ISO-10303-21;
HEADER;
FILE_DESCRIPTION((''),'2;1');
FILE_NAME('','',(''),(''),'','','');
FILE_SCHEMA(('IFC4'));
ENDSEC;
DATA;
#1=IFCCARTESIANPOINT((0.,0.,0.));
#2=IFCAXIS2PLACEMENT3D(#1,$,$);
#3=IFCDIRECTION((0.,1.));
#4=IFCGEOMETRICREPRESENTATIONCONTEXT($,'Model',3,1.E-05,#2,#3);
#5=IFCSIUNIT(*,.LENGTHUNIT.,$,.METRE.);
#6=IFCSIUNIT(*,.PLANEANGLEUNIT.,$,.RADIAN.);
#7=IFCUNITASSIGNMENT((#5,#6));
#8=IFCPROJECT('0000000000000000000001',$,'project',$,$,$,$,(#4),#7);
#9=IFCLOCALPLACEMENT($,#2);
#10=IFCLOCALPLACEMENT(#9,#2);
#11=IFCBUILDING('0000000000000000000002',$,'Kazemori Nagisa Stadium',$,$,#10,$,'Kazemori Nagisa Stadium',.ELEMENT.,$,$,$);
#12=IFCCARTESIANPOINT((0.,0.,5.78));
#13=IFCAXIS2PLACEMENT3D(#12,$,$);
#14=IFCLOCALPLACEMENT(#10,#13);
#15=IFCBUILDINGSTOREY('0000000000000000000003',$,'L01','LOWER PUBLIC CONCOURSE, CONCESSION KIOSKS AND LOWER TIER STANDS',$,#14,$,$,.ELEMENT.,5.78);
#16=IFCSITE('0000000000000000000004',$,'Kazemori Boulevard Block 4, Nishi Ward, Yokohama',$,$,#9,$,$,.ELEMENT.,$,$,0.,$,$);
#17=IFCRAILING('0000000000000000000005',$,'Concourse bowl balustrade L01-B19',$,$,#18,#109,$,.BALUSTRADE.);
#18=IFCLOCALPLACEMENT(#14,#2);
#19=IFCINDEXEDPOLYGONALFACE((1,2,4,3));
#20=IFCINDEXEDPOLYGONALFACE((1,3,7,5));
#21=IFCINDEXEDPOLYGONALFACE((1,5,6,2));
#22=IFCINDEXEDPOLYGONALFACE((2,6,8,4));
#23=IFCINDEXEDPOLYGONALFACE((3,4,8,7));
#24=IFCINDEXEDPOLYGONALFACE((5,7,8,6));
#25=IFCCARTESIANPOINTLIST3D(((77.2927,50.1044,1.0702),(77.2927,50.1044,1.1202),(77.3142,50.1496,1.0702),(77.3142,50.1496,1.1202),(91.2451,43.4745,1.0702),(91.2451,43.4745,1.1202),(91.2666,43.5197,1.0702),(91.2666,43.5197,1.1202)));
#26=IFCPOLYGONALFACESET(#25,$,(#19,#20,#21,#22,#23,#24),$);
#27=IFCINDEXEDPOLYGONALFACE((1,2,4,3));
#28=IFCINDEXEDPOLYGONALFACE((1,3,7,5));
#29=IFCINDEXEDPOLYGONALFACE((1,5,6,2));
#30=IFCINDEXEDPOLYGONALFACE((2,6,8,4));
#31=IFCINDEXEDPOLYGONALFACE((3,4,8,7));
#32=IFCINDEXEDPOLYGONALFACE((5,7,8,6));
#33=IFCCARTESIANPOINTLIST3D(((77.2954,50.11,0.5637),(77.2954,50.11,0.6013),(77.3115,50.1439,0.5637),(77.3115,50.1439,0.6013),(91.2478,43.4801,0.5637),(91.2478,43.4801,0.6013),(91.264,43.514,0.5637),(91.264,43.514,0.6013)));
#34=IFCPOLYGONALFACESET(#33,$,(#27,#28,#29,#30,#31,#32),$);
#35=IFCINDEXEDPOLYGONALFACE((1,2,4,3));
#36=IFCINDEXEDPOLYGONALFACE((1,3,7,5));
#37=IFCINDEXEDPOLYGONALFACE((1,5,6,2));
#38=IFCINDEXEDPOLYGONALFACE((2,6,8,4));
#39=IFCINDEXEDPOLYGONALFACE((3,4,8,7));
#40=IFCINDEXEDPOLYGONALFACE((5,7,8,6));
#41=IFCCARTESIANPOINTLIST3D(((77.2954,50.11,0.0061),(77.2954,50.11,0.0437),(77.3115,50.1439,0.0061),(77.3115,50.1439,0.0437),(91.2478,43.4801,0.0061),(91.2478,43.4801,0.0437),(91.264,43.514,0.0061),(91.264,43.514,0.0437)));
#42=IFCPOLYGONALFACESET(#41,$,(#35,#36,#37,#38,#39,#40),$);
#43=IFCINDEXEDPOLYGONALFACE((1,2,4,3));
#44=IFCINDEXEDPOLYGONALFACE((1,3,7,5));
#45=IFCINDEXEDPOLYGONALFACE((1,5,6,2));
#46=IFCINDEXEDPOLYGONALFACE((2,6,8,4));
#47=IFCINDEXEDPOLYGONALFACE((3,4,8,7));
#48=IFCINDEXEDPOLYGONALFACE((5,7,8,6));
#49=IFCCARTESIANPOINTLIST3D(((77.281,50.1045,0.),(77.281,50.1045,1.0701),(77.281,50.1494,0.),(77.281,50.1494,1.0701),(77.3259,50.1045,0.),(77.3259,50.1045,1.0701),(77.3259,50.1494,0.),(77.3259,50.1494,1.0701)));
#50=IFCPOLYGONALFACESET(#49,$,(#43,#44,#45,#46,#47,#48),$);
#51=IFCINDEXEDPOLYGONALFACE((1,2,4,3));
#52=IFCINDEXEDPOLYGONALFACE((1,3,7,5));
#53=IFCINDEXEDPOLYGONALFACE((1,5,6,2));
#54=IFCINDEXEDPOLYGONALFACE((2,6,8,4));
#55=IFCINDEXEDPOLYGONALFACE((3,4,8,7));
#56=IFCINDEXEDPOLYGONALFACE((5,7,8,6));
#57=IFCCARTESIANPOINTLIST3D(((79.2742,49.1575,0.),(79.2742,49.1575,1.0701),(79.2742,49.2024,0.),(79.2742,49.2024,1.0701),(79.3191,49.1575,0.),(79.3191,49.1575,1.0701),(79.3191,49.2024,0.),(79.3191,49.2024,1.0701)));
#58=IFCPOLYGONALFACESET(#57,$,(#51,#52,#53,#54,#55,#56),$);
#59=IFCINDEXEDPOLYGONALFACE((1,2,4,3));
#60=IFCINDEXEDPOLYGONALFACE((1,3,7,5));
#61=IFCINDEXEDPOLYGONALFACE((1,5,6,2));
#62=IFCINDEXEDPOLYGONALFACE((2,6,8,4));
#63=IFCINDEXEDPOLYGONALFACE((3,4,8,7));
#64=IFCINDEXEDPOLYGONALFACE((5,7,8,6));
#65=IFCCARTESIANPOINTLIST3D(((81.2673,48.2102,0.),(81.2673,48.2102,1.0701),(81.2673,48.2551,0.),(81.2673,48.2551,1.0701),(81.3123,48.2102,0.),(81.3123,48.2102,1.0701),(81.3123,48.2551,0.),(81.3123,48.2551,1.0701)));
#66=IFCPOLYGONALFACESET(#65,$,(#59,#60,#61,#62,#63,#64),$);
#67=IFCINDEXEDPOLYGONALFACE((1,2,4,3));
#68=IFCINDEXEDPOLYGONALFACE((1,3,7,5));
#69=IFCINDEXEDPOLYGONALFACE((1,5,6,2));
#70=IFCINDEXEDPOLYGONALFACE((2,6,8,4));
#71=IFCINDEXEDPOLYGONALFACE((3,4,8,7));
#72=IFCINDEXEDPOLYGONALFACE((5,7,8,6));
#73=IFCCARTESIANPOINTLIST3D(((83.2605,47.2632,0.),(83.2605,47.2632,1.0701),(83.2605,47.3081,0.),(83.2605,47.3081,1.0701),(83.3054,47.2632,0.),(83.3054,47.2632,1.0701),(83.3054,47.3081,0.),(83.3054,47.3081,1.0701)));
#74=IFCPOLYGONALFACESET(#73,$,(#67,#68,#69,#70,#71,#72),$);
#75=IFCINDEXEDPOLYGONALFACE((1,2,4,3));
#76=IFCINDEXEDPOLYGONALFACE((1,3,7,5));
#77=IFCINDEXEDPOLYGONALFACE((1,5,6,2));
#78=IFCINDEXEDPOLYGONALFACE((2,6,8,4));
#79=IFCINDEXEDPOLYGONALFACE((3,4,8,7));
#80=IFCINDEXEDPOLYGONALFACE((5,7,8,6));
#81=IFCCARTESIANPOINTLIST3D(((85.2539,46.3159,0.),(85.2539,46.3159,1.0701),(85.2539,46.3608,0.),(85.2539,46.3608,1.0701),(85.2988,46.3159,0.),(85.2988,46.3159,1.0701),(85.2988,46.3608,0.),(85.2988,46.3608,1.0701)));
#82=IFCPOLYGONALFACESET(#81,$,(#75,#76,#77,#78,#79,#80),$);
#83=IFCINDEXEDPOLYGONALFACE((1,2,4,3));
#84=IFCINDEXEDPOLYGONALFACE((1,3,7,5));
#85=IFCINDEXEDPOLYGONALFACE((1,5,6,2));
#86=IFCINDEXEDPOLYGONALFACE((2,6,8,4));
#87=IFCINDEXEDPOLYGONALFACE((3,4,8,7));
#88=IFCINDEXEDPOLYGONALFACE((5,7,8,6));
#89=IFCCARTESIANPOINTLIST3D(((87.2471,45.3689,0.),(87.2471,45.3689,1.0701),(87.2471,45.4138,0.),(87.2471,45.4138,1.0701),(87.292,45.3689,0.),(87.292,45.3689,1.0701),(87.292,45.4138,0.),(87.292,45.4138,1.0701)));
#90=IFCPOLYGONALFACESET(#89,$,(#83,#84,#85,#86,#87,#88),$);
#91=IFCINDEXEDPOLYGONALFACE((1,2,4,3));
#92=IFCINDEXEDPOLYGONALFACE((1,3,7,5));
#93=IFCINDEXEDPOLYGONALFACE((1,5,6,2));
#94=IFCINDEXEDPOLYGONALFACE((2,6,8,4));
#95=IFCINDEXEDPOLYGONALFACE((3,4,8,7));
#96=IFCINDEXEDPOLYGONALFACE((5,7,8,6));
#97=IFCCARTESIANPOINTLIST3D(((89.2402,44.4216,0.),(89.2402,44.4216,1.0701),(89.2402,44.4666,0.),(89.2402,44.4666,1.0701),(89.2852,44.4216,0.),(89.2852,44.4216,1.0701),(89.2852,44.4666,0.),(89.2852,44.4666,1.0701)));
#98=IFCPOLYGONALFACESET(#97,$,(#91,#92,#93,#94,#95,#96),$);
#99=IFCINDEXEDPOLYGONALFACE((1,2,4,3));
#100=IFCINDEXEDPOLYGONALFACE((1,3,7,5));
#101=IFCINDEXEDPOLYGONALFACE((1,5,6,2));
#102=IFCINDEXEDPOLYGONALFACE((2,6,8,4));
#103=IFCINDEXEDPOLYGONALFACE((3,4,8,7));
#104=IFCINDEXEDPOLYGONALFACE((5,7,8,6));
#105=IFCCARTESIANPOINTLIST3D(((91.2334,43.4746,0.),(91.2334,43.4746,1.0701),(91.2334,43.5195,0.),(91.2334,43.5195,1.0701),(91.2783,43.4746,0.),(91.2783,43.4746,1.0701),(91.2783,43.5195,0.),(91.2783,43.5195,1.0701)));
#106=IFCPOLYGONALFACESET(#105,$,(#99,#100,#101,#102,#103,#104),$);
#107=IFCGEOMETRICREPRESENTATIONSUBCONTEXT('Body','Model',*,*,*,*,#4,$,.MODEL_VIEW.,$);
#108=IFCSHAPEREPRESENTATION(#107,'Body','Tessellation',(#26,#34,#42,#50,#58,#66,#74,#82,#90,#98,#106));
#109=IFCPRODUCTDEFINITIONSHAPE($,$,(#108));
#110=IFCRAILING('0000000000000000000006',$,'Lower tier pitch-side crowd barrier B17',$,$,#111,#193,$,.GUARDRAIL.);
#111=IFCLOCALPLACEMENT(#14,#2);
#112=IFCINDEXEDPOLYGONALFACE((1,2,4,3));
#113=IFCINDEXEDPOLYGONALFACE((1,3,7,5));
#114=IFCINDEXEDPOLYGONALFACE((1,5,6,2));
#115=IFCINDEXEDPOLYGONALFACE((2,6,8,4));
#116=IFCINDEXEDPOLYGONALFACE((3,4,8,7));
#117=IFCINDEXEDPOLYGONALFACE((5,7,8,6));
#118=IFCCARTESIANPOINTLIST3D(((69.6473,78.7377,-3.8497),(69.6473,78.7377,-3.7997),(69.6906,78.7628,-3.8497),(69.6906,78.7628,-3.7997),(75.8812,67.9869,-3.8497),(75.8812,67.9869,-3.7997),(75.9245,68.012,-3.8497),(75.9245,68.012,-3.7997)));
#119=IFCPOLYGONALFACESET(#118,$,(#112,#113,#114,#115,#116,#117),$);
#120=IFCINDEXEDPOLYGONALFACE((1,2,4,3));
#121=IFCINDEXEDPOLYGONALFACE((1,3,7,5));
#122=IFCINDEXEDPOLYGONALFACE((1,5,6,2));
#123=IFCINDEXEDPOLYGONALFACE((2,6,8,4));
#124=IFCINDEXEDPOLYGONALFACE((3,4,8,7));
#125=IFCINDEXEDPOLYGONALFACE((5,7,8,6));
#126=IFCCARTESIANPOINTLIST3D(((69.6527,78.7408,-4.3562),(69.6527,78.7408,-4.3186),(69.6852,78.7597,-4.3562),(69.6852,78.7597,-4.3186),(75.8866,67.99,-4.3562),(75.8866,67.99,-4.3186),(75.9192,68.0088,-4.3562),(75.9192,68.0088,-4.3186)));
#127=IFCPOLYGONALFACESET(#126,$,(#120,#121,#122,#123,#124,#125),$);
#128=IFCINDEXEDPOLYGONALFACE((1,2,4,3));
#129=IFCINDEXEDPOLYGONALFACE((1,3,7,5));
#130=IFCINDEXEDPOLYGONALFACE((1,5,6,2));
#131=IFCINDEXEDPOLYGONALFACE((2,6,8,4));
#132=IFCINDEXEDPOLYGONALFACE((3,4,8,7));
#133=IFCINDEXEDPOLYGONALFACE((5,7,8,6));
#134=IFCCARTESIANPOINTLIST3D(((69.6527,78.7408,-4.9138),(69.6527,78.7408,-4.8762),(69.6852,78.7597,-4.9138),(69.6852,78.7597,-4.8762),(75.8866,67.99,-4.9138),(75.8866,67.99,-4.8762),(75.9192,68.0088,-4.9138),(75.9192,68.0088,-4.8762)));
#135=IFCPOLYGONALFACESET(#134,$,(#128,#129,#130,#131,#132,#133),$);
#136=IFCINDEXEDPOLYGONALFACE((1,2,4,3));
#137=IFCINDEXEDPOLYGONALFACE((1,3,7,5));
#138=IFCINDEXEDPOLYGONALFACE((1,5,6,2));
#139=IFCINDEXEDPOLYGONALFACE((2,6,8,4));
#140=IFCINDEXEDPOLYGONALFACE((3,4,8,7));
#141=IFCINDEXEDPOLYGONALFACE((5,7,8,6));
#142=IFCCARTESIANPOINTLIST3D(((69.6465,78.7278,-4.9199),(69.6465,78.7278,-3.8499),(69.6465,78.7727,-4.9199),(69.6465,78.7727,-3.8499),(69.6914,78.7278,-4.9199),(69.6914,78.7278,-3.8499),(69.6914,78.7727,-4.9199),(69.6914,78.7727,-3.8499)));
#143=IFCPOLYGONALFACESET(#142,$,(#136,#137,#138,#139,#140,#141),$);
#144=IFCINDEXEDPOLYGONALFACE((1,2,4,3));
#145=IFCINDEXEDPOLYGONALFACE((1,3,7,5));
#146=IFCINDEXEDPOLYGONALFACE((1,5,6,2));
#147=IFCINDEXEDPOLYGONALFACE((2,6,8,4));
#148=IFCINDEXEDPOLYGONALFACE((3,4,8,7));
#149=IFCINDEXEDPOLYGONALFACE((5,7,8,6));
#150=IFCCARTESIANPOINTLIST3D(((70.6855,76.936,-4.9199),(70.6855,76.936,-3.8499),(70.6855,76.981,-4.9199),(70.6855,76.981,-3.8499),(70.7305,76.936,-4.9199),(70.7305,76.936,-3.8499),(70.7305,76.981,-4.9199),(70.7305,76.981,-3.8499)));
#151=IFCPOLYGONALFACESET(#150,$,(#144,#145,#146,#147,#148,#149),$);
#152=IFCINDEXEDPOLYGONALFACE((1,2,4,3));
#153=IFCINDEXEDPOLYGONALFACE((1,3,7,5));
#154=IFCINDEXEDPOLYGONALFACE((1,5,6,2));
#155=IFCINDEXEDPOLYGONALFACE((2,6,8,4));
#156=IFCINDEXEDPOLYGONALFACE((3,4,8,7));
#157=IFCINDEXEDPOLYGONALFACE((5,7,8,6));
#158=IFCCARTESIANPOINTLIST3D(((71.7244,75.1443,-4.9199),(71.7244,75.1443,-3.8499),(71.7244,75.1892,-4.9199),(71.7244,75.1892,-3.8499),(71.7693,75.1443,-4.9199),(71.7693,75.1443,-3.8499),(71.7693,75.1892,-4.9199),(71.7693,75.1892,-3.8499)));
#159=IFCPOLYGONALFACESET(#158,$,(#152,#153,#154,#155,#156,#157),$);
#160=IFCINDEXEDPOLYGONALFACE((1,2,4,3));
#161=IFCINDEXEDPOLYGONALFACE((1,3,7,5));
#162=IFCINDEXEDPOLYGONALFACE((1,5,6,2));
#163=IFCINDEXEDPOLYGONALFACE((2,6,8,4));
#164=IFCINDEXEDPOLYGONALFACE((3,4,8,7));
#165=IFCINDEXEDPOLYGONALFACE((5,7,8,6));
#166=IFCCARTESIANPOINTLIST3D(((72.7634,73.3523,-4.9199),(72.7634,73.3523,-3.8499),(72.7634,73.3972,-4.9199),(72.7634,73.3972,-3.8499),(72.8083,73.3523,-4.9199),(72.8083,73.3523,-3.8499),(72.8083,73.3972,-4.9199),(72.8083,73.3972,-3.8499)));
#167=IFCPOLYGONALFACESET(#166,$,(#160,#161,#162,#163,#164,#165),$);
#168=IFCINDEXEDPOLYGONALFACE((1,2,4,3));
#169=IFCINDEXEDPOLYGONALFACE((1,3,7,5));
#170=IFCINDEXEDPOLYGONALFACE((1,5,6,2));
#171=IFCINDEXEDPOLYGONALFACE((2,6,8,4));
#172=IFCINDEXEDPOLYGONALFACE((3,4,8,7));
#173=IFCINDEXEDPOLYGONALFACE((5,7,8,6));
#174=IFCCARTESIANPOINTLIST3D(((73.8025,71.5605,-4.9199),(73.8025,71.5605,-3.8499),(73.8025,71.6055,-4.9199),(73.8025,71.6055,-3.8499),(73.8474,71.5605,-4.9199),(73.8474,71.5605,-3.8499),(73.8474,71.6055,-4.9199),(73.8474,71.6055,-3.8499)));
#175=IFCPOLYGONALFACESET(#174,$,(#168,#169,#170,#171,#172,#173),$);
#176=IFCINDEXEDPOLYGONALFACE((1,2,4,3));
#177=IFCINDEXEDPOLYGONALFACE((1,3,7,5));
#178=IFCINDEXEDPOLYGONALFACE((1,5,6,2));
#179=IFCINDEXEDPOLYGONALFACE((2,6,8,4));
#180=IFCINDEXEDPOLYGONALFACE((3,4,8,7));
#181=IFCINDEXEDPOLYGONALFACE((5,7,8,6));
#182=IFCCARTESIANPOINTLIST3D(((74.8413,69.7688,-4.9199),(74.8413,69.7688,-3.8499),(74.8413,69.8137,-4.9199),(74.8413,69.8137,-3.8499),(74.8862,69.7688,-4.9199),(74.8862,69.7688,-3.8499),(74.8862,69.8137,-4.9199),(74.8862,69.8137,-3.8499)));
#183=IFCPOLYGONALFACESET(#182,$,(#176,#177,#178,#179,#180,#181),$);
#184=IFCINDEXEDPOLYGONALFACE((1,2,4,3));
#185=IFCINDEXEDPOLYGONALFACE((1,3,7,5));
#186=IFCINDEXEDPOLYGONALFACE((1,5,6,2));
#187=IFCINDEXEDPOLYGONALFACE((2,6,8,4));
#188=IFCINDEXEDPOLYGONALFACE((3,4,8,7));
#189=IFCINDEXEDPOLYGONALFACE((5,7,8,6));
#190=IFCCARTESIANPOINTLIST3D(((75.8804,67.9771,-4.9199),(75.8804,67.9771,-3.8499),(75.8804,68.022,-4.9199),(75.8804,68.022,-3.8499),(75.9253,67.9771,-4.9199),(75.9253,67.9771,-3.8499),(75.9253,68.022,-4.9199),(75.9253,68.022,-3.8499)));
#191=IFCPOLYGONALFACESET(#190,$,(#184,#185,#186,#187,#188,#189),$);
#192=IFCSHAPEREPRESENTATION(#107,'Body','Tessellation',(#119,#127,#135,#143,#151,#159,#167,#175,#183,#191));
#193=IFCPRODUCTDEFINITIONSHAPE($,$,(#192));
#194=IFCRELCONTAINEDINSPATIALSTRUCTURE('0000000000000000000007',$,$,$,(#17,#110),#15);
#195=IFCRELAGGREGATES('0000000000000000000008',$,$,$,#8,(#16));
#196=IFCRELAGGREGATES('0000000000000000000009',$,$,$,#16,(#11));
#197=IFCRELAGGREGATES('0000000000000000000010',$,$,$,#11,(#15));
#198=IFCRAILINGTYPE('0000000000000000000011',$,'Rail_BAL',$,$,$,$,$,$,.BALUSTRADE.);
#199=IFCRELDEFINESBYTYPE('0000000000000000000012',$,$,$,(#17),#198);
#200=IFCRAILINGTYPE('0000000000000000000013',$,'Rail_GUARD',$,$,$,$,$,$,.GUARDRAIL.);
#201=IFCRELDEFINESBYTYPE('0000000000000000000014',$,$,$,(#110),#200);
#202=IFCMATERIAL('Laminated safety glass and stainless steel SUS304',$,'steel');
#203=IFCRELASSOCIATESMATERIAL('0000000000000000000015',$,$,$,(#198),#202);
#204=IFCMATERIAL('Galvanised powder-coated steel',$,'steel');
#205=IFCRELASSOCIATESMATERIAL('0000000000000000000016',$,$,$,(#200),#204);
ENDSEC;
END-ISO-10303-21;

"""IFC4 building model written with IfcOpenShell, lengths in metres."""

from ifc_helpers import new_model, si_unit, direction, frame, origin, origin_2d, place, context, subcontext, project, spatial, rectangle, extrude, material, type_object, element, save


model = new_model("IFC4")

# Units and contexts
model_context = context("Model", 3, precision=1e-05, world=origin(), true_north=direction((0.0, 1.0)))
body_context = subcontext(model_context, "Body", "Model", "MODEL_VIEW")
ifc_project = project(units=[si_unit("LENGTHUNIT", "METRE"), si_unit("PLANEANGLEUNIT", "RADIAN")], contexts=[model_context])

# Site, building, storey
site_placement = place(None, origin())
site = spatial("IfcSite", under=ifc_project, at=site_placement, Name="Kazemori Boulevard Block 4, Nishi Ward, Yokohama", CompositionType="ELEMENT", RefElevation=0.0)
building_placement = place(site_placement, origin())
building = spatial("IfcBuilding", under=site, at=building_placement, Name="Kazemori Nagisa Stadium", LongName="Kazemori Nagisa Stadium", CompositionType="ELEMENT")
storey_placement = place(building_placement, frame((0.0, 0.0, 5.78)))
storey = spatial("IfcBuildingStorey", under=building, at=storey_placement, Name="L01", Description="LOWER PUBLIC CONCOURSE, CONCESSION KIOSKS AND LOWER TIER STANDS", CompositionType="ELEMENT", Elevation=5.78)

# Railings
ifc_material_1 = material(Name="Laminated safety glass and stainless steel SUS304", Category="steel")
railing_type_1 = type_object("IfcRailingType", Name="Rail_BAL", PredefinedType="BALUSTRADE", material=ifc_material_1)
railing_1_placement = place(storey_placement, frame((77.3035, 50.127, 0.0)))
element("IfcRailing", 1, at=railing_1_placement, inside=storey, type_object=railing_type_1, Name="Concourse bowl balustrade L01-B19", PredefinedType="BALUSTRADE", context=body_context, shape_type="SweptSolid", body=[
    extrude(rectangle(XDim=0.05, YDim=0.05, at=origin_2d()), frame((0.0, 0.0, 1.0952), z_axis=(0.903215, -0.429189, 0.0), x_axis=(0.429189, 0.903215, 0.0)), (0.0, 0.0, 1.0), 15.4475),
    extrude(rectangle(XDim=0.0376, YDim=0.0376, at=origin_2d()), frame((0.0, 0.0, 0.5825), z_axis=(0.903215, -0.429189, 0.0), x_axis=(0.429189, 0.903215, 0.0)), (0.0, 0.0, 1.0), 15.4475),
    extrude(rectangle(XDim=0.0376, YDim=0.0376, at=origin_2d()), frame((0.0, 0.0, 0.0249), z_axis=(0.903215, -0.429189, 0.0), x_axis=(0.429189, 0.903215, 0.0)), (0.0, 0.0, 1.0), 15.4475),
    extrude(rectangle(XDim=0.0449, YDim=0.0449, at=origin_2d()), origin(), (0.0, 0.0, 1.0), 1.0701),
    extrude(rectangle(XDim=0.0449, YDim=0.0449, at=origin_2d()), frame((1.9932, -0.947, 0.0)), (0.0, 0.0, 1.0), 1.0701),
    extrude(rectangle(XDim=0.0449, YDim=0.0449, at=origin_2d()), frame((3.9863, -1.8943, 0.0)), (0.0, 0.0, 1.0), 1.0701),
    extrude(rectangle(XDim=0.0449, YDim=0.0449, at=origin_2d()), frame((5.9795, -2.8413, 0.0)), (0.0, 0.0, 1.0), 1.0701),
    extrude(rectangle(XDim=0.0449, YDim=0.0449, at=origin_2d()), frame((7.9729, -3.7886, 0.0)), (0.0, 0.0, 1.0), 1.0701),
    extrude(rectangle(XDim=0.0449, YDim=0.0449, at=origin_2d()), frame((9.9661, -4.7356, 0.0)), (0.0, 0.0, 1.0), 1.0701),
    extrude(rectangle(XDim=0.0449, YDim=0.0449, at=origin_2d()), frame((11.9592, -5.6829, 0.0)), (0.0, 0.0, 1.0), 1.0701),
    extrude(rectangle(XDim=0.0449, YDim=0.0449, at=origin_2d()), frame((13.9524, -6.6299, 0.0)), (0.0, 0.0, 1.0), 1.0701),
])
ifc_material_2 = material(Name="Galvanised powder-coated steel", Category="steel")
railing_type_2 = type_object("IfcRailingType", Name="Rail_GUARD", PredefinedType="GUARDRAIL", material=ifc_material_2)
railing_2_placement = place(storey_placement, frame((69.6689, 78.7502, -4.9199)))
element("IfcRailing", 2, at=railing_2_placement, inside=storey, type_object=railing_type_2, Name="Lower tier pitch-side crowd barrier B17", PredefinedType="GUARDRAIL", context=body_context, shape_type="SweptSolid", body=[
    extrude(rectangle(XDim=0.05, YDim=0.05, at=origin_2d()), frame((0.0, 0.0, 1.0952), z_axis=(0.501625, -0.865085, 0.0), x_axis=(0.865085, 0.501625, 0.0)), (0.0, 0.0, 1.0), 12.4275),
    extrude(rectangle(XDim=0.0376, YDim=0.0376, at=origin_2d()), frame((0.0, 0.0, 0.5825), z_axis=(0.501625, -0.865085, 0.0), x_axis=(0.865085, 0.501625, 0.0)), (0.0, 0.0, 1.0), 12.4275),
    extrude(rectangle(XDim=0.0376, YDim=0.0376, at=origin_2d()), frame((0.0, 0.0, 0.0249), z_axis=(0.501625, -0.865085, 0.0), x_axis=(0.865085, 0.501625, 0.0)), (0.0, 0.0, 1.0), 12.4275),
    extrude(rectangle(XDim=0.0449, YDim=0.0449, at=origin_2d()), origin(), (0.0, 0.0, 1.0), 1.0701),
    extrude(rectangle(XDim=0.0449, YDim=0.0449, at=origin_2d()), frame((1.0391, -1.7917, 0.0)), (0.0, 0.0, 1.0), 1.0701),
    extrude(rectangle(XDim=0.0449, YDim=0.0449, at=origin_2d()), frame((2.0779, -3.5835, 0.0)), (0.0, 0.0, 1.0), 1.0701),
    extrude(rectangle(XDim=0.0449, YDim=0.0449, at=origin_2d()), frame((3.1169, -5.3755, 0.0)), (0.0, 0.0, 1.0), 1.0701),
    extrude(rectangle(XDim=0.0449, YDim=0.0449, at=origin_2d()), frame((4.156, -7.1672, 0.0)), (0.0, 0.0, 1.0), 1.0701),
    extrude(rectangle(XDim=0.0449, YDim=0.0449, at=origin_2d()), frame((5.1948, -8.959, 0.0)), (0.0, 0.0, 1.0), 1.0701),
    extrude(rectangle(XDim=0.0449, YDim=0.0449, at=origin_2d()), frame((6.2339, -10.7507, 0.0)), (0.0, 0.0, 1.0), 1.0701),
])

save(model, "model.ifc")
